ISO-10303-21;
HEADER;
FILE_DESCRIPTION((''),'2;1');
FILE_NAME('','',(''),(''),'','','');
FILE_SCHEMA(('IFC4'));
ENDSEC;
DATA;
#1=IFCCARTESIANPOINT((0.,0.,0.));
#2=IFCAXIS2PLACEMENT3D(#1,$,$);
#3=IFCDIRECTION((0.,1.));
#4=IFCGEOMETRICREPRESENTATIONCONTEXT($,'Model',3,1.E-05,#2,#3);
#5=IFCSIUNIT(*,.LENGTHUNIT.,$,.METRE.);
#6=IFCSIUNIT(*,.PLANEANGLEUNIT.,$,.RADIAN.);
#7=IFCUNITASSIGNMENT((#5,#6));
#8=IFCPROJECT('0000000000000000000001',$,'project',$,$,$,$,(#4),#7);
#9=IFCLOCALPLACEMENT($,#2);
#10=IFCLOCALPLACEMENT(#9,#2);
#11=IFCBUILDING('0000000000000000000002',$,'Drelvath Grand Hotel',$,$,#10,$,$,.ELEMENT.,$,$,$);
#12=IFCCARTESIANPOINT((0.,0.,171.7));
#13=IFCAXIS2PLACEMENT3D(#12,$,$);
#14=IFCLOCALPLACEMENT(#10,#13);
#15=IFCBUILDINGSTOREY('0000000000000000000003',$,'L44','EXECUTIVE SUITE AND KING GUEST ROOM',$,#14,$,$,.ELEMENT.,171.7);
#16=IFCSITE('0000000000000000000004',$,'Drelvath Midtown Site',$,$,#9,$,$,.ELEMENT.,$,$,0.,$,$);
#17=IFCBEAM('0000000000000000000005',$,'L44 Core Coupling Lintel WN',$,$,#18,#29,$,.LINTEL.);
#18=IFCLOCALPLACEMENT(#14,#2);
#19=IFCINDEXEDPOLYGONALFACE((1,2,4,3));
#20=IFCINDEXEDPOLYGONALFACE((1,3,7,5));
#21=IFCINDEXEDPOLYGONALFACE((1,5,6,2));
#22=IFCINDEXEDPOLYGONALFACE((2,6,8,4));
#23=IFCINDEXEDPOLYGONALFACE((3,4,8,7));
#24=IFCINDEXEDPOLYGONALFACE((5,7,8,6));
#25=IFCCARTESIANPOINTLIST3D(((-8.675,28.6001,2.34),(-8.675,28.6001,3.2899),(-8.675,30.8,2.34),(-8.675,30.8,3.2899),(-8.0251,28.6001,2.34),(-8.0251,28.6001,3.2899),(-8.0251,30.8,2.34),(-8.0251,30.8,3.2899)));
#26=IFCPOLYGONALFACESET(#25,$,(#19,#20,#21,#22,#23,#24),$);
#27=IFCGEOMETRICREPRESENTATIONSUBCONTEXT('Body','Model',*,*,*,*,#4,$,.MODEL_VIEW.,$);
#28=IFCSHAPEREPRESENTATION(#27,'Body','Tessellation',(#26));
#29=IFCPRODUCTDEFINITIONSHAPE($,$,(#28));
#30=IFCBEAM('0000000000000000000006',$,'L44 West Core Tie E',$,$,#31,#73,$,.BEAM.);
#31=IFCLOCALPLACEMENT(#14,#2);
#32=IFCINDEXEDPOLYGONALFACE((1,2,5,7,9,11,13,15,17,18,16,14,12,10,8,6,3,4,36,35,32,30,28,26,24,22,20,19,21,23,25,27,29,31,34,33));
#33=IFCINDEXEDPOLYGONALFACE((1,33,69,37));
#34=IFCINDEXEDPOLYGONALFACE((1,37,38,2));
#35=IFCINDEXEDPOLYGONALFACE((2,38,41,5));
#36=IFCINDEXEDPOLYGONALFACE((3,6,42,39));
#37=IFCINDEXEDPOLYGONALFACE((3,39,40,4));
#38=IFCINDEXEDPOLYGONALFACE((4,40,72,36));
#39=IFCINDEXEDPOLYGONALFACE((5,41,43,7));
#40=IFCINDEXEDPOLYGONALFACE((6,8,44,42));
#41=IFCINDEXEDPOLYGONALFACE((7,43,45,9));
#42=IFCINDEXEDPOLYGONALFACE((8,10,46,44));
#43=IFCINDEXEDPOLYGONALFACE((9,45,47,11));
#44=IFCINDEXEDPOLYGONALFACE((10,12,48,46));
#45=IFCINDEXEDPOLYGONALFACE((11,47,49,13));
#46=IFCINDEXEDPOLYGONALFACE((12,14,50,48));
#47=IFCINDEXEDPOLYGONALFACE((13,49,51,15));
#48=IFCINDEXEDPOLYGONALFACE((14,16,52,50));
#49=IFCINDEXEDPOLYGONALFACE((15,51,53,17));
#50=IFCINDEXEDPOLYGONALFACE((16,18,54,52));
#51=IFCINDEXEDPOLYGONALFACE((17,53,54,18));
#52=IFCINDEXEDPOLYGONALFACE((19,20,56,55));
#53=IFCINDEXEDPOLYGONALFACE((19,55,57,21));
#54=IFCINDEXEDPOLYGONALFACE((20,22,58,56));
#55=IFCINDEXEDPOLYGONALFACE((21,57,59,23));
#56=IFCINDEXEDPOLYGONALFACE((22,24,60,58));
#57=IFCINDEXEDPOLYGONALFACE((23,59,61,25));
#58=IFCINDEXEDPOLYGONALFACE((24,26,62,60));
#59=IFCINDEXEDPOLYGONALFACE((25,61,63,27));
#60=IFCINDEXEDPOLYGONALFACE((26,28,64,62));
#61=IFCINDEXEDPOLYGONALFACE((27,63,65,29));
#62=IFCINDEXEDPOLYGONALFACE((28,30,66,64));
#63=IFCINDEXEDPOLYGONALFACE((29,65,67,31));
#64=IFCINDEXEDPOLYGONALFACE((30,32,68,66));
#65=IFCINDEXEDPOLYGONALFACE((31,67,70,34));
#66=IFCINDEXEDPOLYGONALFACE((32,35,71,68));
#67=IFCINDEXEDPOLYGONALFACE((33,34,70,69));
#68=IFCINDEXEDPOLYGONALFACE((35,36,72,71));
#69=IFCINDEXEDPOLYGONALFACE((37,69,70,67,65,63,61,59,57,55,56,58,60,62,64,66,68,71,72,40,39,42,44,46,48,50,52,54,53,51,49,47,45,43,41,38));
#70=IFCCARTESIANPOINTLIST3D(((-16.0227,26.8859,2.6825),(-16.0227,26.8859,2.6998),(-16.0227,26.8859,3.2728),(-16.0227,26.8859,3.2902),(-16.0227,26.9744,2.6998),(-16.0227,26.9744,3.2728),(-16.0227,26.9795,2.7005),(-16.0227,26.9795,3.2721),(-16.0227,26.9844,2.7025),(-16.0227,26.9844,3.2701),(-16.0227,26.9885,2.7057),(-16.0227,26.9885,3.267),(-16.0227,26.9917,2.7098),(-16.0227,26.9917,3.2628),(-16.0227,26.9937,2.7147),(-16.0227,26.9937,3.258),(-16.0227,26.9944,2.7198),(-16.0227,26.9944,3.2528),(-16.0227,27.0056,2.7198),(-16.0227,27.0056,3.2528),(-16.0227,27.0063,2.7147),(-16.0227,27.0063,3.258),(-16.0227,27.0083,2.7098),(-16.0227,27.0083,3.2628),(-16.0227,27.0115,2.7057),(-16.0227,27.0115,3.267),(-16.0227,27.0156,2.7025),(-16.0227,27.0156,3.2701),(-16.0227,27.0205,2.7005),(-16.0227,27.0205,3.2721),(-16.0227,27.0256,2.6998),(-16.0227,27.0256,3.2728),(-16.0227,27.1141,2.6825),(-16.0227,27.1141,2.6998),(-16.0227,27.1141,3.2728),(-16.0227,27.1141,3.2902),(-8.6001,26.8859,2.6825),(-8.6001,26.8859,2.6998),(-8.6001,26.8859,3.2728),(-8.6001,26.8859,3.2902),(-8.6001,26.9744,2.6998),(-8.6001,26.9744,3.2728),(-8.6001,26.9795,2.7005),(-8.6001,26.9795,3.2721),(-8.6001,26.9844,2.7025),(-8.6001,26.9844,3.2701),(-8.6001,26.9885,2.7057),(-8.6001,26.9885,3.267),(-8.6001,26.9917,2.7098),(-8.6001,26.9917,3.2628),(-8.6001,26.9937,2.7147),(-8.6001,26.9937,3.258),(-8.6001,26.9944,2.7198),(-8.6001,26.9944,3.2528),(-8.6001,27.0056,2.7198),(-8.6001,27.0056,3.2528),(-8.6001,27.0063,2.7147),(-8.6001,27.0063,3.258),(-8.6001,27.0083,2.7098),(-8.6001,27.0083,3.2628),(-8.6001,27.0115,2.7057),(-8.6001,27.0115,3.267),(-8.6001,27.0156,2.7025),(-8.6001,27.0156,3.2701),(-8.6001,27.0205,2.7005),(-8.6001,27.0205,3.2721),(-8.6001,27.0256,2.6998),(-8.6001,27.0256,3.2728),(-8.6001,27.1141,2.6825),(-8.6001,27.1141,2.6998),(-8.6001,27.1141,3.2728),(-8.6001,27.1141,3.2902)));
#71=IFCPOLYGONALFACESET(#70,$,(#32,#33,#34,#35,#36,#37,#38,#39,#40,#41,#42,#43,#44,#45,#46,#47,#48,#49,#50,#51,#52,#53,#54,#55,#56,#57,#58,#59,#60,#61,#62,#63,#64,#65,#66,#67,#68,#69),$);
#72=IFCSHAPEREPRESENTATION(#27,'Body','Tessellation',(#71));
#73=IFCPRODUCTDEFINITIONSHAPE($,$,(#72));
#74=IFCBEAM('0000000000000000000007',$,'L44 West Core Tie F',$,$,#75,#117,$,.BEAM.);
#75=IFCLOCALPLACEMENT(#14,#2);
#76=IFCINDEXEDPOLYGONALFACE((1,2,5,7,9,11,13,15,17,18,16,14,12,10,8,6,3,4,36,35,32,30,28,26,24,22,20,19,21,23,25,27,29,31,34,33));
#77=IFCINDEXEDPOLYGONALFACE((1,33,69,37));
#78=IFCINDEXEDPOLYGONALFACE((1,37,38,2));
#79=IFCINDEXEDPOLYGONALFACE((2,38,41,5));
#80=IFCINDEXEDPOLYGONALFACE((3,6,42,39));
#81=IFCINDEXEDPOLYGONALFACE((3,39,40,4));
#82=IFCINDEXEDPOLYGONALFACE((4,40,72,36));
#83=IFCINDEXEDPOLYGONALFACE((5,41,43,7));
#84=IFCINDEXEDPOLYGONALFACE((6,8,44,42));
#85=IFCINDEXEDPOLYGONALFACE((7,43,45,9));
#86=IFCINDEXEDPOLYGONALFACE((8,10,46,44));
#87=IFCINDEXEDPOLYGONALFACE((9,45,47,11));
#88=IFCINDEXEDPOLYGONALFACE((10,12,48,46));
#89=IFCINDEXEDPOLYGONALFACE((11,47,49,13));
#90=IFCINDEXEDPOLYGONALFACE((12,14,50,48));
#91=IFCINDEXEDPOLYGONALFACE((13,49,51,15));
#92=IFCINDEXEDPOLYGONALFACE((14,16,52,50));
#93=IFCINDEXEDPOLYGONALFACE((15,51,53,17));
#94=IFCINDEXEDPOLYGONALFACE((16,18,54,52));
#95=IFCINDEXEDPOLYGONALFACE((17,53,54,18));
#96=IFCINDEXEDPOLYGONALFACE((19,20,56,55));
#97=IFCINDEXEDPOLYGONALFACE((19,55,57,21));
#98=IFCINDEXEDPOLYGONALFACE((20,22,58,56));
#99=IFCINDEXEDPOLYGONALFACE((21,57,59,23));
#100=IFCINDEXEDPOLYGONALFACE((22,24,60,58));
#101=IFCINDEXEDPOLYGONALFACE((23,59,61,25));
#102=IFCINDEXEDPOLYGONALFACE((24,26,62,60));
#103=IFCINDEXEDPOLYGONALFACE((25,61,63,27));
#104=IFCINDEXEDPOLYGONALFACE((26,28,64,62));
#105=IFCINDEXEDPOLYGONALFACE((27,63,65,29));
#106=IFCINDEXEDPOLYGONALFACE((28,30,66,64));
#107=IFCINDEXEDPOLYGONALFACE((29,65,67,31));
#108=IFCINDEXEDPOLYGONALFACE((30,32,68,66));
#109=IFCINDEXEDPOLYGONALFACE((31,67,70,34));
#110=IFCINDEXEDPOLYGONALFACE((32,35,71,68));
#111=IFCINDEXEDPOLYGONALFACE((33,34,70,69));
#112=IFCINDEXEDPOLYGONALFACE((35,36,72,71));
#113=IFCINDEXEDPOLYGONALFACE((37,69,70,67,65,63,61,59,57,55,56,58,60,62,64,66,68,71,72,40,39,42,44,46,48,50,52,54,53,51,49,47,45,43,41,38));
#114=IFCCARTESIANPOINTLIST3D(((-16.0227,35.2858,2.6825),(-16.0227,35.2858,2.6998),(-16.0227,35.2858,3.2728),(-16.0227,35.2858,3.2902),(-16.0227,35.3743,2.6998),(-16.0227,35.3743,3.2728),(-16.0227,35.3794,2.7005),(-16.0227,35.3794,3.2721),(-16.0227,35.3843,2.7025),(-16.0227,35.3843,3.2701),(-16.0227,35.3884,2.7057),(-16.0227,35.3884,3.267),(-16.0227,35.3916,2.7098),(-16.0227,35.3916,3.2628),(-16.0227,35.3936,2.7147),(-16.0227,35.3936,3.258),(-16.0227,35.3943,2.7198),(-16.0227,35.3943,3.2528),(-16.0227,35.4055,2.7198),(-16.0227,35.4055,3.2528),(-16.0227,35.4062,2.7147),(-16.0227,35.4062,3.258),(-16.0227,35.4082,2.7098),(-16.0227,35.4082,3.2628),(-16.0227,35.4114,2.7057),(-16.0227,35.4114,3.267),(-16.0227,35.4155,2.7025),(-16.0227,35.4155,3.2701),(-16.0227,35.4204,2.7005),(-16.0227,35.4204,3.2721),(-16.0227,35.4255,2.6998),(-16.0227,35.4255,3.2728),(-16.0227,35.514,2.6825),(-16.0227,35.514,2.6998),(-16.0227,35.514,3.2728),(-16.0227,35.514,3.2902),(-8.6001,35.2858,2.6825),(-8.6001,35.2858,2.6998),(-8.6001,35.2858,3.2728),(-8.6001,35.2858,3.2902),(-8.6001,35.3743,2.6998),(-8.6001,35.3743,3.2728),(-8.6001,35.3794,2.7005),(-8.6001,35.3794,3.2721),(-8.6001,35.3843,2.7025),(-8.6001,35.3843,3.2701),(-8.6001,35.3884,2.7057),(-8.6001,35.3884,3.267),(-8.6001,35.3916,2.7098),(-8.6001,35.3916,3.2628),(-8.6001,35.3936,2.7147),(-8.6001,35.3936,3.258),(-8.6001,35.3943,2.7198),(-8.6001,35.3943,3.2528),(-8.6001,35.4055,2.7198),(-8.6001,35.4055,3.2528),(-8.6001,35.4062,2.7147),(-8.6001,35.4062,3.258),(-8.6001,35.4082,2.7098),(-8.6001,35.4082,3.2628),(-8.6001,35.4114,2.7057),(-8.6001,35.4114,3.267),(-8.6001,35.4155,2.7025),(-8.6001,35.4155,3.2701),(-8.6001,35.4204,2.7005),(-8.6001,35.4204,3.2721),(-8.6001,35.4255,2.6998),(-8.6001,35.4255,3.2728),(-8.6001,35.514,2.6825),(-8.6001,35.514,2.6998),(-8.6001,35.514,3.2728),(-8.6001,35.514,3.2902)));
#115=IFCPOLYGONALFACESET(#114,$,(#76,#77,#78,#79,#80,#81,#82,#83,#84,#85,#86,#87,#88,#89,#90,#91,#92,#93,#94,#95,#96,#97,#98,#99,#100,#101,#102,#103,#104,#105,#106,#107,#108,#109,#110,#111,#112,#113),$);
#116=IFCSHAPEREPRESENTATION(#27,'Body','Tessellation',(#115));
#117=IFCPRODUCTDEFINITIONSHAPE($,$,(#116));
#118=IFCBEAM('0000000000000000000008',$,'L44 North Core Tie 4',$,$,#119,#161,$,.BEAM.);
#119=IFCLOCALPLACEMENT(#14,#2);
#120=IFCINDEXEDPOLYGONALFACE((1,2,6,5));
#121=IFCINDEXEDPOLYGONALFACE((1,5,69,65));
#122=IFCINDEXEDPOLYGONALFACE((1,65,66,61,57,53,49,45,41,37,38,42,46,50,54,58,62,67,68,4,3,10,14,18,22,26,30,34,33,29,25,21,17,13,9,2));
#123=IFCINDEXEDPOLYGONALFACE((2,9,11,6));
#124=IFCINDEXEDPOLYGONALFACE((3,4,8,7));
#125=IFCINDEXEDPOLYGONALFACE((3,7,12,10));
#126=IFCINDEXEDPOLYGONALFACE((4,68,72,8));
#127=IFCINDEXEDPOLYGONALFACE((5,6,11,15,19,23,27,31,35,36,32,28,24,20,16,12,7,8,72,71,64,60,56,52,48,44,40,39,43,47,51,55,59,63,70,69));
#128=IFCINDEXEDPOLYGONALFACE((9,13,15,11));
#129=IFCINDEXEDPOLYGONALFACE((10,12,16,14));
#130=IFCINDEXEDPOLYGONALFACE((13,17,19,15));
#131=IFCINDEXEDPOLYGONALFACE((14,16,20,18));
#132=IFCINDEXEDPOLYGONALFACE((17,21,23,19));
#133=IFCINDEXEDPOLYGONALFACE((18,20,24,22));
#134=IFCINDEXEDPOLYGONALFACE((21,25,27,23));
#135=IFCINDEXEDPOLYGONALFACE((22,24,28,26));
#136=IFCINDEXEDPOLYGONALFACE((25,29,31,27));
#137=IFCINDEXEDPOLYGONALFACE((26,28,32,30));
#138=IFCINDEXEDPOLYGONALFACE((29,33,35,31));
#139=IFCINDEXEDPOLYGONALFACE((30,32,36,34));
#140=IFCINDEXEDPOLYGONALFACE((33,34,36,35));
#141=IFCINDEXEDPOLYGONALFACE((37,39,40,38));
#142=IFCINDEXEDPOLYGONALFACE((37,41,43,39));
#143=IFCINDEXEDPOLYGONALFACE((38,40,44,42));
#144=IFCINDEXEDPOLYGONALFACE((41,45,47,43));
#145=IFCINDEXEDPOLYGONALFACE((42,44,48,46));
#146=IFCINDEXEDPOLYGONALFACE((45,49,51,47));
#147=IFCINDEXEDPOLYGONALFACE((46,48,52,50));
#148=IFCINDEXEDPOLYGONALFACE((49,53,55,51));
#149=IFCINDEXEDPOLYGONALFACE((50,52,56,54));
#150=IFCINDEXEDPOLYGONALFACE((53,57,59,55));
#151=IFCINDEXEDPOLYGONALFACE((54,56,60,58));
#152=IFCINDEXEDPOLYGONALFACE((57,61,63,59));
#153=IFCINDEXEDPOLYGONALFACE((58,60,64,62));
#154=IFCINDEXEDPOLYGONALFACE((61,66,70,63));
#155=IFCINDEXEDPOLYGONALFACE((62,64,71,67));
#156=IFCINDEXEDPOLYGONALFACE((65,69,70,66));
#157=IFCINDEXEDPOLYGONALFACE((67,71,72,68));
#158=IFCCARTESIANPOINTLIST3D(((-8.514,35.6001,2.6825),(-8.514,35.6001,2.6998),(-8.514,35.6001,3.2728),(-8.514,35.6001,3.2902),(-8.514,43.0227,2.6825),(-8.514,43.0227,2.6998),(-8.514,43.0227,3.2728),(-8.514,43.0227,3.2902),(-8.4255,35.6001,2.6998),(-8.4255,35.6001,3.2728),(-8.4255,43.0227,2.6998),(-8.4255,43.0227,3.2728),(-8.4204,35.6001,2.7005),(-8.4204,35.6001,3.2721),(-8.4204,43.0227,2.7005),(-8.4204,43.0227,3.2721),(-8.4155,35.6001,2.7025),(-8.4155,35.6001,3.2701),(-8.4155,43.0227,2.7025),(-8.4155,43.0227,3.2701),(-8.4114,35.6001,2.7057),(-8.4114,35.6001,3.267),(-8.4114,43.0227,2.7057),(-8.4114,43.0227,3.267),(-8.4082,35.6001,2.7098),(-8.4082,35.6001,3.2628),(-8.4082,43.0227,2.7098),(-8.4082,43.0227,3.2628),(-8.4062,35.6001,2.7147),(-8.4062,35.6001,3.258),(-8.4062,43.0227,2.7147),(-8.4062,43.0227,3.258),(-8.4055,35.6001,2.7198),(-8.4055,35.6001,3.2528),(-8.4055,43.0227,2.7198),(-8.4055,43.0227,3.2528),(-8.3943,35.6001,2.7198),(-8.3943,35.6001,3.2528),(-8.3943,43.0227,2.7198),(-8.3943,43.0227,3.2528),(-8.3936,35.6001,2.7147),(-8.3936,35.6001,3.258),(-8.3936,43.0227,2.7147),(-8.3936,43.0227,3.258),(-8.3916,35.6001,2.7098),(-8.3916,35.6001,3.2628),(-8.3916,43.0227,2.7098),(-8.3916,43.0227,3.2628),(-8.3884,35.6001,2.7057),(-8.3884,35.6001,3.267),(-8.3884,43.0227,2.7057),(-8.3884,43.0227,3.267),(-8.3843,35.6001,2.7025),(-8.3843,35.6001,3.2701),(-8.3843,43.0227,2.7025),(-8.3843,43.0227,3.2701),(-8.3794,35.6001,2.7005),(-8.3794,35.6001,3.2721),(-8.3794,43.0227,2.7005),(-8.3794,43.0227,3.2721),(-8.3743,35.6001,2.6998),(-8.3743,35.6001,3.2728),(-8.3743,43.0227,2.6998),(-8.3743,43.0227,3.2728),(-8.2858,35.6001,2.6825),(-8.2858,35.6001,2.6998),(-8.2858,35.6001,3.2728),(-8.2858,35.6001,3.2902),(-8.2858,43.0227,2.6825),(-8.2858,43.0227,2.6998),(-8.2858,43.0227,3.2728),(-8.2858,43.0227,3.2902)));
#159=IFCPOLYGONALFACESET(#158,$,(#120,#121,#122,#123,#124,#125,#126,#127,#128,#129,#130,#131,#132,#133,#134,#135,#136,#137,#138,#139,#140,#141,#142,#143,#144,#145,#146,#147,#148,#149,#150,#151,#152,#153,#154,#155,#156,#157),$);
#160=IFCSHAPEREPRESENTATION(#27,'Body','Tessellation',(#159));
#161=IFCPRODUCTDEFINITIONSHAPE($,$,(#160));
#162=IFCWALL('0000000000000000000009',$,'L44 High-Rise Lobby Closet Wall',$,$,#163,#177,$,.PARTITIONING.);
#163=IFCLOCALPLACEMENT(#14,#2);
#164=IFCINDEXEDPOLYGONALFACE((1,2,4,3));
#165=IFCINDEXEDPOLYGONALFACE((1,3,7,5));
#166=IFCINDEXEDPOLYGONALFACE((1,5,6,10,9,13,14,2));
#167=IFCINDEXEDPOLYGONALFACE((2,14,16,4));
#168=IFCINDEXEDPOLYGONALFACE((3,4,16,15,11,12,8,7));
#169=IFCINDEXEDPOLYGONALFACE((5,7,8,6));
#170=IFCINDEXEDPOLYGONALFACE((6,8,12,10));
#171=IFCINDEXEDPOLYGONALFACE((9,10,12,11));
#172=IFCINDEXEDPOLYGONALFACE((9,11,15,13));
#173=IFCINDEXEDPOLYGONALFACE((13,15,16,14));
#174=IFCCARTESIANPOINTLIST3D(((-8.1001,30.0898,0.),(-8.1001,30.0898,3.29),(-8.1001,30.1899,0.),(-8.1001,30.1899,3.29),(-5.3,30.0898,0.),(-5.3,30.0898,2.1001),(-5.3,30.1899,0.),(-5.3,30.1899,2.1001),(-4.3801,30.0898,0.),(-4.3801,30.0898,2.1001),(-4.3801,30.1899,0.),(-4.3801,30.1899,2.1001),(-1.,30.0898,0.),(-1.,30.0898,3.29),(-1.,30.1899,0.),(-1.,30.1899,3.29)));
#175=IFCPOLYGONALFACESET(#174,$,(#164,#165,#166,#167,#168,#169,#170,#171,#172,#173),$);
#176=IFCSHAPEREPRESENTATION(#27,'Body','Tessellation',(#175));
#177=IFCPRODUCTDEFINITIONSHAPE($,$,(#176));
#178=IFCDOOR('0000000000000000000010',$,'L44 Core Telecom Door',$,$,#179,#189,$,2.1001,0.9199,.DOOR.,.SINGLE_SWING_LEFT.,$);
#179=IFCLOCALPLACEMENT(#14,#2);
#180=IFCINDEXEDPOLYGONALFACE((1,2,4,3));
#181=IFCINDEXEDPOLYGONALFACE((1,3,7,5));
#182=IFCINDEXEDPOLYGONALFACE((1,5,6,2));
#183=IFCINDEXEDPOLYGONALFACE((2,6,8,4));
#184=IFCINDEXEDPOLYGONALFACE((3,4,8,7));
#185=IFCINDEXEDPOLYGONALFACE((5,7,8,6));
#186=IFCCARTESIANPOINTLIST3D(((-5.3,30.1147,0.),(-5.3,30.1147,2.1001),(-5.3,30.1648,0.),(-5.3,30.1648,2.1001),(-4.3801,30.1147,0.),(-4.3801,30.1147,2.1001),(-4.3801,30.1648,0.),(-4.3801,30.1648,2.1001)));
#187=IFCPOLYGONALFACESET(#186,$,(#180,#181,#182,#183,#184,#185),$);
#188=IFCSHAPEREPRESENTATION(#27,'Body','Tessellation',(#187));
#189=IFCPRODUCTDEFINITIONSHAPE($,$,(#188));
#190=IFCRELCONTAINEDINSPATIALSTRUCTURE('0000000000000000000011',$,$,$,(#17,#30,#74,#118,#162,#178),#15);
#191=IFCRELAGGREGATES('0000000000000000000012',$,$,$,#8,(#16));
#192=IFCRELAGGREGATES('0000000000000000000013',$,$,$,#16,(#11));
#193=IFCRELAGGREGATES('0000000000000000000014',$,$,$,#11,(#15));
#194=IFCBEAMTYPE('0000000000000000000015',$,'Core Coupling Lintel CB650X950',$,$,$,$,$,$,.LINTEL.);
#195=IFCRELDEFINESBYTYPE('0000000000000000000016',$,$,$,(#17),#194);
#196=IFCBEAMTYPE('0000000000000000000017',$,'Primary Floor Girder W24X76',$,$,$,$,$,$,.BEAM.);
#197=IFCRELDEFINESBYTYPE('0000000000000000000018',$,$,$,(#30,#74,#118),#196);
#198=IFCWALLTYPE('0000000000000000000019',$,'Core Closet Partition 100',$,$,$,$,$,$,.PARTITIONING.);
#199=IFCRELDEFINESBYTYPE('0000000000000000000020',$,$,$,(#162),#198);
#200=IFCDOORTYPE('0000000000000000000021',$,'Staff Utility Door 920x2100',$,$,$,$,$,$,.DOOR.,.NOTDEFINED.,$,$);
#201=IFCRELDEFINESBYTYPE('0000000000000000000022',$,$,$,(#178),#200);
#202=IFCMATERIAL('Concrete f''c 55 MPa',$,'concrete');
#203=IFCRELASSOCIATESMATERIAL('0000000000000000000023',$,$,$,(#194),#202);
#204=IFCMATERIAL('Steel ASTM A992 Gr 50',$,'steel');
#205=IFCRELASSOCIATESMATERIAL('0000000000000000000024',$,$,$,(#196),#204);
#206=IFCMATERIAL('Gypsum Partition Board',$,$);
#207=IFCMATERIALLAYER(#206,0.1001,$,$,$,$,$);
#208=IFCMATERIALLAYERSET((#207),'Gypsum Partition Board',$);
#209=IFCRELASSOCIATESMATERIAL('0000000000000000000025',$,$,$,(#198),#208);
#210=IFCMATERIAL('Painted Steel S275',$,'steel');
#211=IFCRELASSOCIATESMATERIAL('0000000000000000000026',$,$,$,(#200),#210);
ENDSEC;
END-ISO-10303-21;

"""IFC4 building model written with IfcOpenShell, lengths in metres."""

from ifc_helpers import new_model, si_unit, direction, frame, frame_2d, origin, origin_2d, place, context, subcontext, project, spatial, rectangle, i_section, extrude, material, layer, layer_set, material_profile, profile_set, type_object, element, fill, save


model = new_model("IFC4")

# Units and contexts
model_context = context("Model", 3, precision=1e-05, world=origin(), true_north=direction((0.0, 1.0)))
body_context = subcontext(model_context, "Body", "Model", "MODEL_VIEW")
ifc_project = project(units=[si_unit("LENGTHUNIT", "METRE"), si_unit("PLANEANGLEUNIT", "RADIAN")], contexts=[model_context])

# Site, building, storey
site_placement = place(None, origin())
site = spatial("IfcSite", under=ifc_project, at=site_placement, Name="Drelvath Midtown Site", CompositionType="ELEMENT", RefElevation=0.0)
building_placement = place(site_placement, origin())
building = spatial("IfcBuilding", under=site, at=building_placement, Name="Drelvath Grand Hotel", CompositionType="ELEMENT")
storey_placement = place(building_placement, frame((0.0, 0.0, 171.7)))
storey = spatial("IfcBuildingStorey", under=building, at=storey_placement, Name="L44", Description="EXECUTIVE SUITE AND KING GUEST ROOM", CompositionType="ELEMENT", Elevation=171.7)

# Beams
ifc_material_1 = material(Name="Concrete f'c 55 MPa", Category="concrete")
ifc_material_profile_1 = material_profile(ifc_material_1, rectangle(XDim=0.6499, YDim=0.95, at=origin_2d()), Name="CB650X950")
ifc_profile_set_1 = profile_set([ifc_material_profile_1], Name="Concrete f'c 55 MPa")
beam_type_1 = type_object("IfcBeamType", Name="Core Coupling Lintel CB650X950", PredefinedType="LINTEL", material=ifc_profile_set_1)
beam_placement = place(storey_placement, frame((-8.3501, 28.6001, 2.8149), z_axis=(0.0, 1.0, 0.0), x_axis=(-1.0, 0.0, 0.0)))
element("IfcBeam", 1, at=beam_placement, inside=storey, type_object=beam_type_1, Name="L44 Core Coupling Lintel WN", PredefinedType="LINTEL", context=body_context, shape_type="SweptSolid", body=[
    extrude(rectangle(XDim=0.6499, YDim=0.95, at=origin_2d()), origin(), (0.0, 0.0, 1.0), 2.2),
])
ifc_material_2 = material(Name="Steel ASTM A992 Gr 50", Category="steel")
ifc_material_profile_2 = material_profile(ifc_material_2, i_section(OverallWidth=0.2283, OverallDepth=0.6077, WebThickness=0.0112, FlangeThickness=0.0173, FilletRadius=0.02, at=origin_2d()), Name="W24X76")
ifc_profile_set_2 = profile_set([ifc_material_profile_2], Name="Steel ASTM A992 Gr 50")
beam_type_2 = type_object("IfcBeamType", Name="Primary Floor Girder W24X76", PredefinedType="BEAM", material=ifc_profile_set_2)
for number, where, z_axis, x_axis, name in (
    (2, (-16.0227, 27.0, 2.9863), (1.0, 0.0, 0.0), (0.0, 1.0, 0.0), "L44 West Core Tie E"),
    (3, (-16.0227, 35.3999, 2.9863), (1.0, 0.0, 0.0), (0.0, 1.0, 0.0), "L44 West Core Tie F"),
    (4, (-8.3999, 35.6001, 2.9863), (0.0, 1.0, 0.0), (-1.0, 0.0, 0.0), "L44 North Core Tie 4"),
):
    element("IfcBeam", number, at=place(storey_placement, frame(where, z_axis=z_axis, x_axis=x_axis)), inside=storey, type_object=beam_type_2, Name=name, PredefinedType="BEAM", context=body_context, shape_type="SweptSolid", body=[
        extrude(i_section(OverallWidth=0.2283, OverallDepth=0.6077, WebThickness=0.0112, FlangeThickness=0.0173, FilletRadius=0.02, at=origin_2d()), origin(), (0.0, 0.0, 1.0), 7.4226),
    ])

# Wall, opening, door
ifc_material_3 = material(Name="Gypsum Partition Board")
ifc_layer_1 = layer(ifc_material_3, 0.1001)
ifc_layer_set_1 = layer_set([ifc_layer_1], Name="Gypsum Partition Board")
wall_type_1 = type_object("IfcWallType", Name="Core Closet Partition 100", PredefinedType="PARTITIONING", material=ifc_layer_set_1)
wall_1_placement = place(storey_placement, frame((-8.1001, 30.1399, 0.0), z_axis=(0.0, 0.0, 1.0), x_axis=(1.0, 0.0, 0.0)))
wall_1 = element("IfcWall", 5, at=wall_1_placement, inside=storey, type_object=wall_type_1, Name="L44 High-Rise Lobby Closet Wall", PredefinedType="PARTITIONING", context=body_context, shape_type="SweptSolid", body=[
    extrude(rectangle(XDim=7.1001, YDim=0.1001, at=frame_2d((3.55, 0.0))), origin(), (0.0, 0.0, 1.0), 3.29),
])
opening_1_placement = place(wall_1_placement, frame((2.8, 0.0, 0.0)))
opening_1 = element("IfcOpeningElement", 6, at=opening_1_placement, cuts=wall_1, PredefinedType="OPENING", context=body_context, shape_type="SweptSolid", body=[
    extrude(rectangle(XDim=0.9199, YDim=2.1001, at=frame_2d((0.46, 1.05))), frame((0.0, 0.0601, 0.0), z_axis=(0.0, -1.0, 0.0), x_axis=(1.0, 0.0, 0.0)), (0.0, 0.0, 1.0), 0.1201),
])
ifc_material_4 = material(Name="Painted Steel S275", Category="steel")
door_type_1 = type_object("IfcDoorType", Name="Staff Utility Door 920x2100", OperationType="NOTDEFINED", PredefinedType="DOOR", material=ifc_material_4)
door_1_placement = place(opening_1_placement, origin())
door_1 = element("IfcDoor", 7, at=door_1_placement, inside=storey, type_object=door_type_1, Name="L44 Core Telecom Door", OperationType="SINGLE_SWING_LEFT", OverallHeight=2.1001, OverallWidth=0.9199, PredefinedType="DOOR", context=body_context, shape_type="SweptSolid", body=[
    extrude(rectangle(XDim=0.9199, YDim=2.1001, at=frame_2d((0.46, 1.05))), frame((0.0, 0.0249, 0.0), z_axis=(0.0, -1.0, 0.0), x_axis=(1.0, 0.0, 0.0)), (0.0, 0.0, 1.0), 0.05),
])
fill(opening_1, door_1)

save(model, "model.ifc")
